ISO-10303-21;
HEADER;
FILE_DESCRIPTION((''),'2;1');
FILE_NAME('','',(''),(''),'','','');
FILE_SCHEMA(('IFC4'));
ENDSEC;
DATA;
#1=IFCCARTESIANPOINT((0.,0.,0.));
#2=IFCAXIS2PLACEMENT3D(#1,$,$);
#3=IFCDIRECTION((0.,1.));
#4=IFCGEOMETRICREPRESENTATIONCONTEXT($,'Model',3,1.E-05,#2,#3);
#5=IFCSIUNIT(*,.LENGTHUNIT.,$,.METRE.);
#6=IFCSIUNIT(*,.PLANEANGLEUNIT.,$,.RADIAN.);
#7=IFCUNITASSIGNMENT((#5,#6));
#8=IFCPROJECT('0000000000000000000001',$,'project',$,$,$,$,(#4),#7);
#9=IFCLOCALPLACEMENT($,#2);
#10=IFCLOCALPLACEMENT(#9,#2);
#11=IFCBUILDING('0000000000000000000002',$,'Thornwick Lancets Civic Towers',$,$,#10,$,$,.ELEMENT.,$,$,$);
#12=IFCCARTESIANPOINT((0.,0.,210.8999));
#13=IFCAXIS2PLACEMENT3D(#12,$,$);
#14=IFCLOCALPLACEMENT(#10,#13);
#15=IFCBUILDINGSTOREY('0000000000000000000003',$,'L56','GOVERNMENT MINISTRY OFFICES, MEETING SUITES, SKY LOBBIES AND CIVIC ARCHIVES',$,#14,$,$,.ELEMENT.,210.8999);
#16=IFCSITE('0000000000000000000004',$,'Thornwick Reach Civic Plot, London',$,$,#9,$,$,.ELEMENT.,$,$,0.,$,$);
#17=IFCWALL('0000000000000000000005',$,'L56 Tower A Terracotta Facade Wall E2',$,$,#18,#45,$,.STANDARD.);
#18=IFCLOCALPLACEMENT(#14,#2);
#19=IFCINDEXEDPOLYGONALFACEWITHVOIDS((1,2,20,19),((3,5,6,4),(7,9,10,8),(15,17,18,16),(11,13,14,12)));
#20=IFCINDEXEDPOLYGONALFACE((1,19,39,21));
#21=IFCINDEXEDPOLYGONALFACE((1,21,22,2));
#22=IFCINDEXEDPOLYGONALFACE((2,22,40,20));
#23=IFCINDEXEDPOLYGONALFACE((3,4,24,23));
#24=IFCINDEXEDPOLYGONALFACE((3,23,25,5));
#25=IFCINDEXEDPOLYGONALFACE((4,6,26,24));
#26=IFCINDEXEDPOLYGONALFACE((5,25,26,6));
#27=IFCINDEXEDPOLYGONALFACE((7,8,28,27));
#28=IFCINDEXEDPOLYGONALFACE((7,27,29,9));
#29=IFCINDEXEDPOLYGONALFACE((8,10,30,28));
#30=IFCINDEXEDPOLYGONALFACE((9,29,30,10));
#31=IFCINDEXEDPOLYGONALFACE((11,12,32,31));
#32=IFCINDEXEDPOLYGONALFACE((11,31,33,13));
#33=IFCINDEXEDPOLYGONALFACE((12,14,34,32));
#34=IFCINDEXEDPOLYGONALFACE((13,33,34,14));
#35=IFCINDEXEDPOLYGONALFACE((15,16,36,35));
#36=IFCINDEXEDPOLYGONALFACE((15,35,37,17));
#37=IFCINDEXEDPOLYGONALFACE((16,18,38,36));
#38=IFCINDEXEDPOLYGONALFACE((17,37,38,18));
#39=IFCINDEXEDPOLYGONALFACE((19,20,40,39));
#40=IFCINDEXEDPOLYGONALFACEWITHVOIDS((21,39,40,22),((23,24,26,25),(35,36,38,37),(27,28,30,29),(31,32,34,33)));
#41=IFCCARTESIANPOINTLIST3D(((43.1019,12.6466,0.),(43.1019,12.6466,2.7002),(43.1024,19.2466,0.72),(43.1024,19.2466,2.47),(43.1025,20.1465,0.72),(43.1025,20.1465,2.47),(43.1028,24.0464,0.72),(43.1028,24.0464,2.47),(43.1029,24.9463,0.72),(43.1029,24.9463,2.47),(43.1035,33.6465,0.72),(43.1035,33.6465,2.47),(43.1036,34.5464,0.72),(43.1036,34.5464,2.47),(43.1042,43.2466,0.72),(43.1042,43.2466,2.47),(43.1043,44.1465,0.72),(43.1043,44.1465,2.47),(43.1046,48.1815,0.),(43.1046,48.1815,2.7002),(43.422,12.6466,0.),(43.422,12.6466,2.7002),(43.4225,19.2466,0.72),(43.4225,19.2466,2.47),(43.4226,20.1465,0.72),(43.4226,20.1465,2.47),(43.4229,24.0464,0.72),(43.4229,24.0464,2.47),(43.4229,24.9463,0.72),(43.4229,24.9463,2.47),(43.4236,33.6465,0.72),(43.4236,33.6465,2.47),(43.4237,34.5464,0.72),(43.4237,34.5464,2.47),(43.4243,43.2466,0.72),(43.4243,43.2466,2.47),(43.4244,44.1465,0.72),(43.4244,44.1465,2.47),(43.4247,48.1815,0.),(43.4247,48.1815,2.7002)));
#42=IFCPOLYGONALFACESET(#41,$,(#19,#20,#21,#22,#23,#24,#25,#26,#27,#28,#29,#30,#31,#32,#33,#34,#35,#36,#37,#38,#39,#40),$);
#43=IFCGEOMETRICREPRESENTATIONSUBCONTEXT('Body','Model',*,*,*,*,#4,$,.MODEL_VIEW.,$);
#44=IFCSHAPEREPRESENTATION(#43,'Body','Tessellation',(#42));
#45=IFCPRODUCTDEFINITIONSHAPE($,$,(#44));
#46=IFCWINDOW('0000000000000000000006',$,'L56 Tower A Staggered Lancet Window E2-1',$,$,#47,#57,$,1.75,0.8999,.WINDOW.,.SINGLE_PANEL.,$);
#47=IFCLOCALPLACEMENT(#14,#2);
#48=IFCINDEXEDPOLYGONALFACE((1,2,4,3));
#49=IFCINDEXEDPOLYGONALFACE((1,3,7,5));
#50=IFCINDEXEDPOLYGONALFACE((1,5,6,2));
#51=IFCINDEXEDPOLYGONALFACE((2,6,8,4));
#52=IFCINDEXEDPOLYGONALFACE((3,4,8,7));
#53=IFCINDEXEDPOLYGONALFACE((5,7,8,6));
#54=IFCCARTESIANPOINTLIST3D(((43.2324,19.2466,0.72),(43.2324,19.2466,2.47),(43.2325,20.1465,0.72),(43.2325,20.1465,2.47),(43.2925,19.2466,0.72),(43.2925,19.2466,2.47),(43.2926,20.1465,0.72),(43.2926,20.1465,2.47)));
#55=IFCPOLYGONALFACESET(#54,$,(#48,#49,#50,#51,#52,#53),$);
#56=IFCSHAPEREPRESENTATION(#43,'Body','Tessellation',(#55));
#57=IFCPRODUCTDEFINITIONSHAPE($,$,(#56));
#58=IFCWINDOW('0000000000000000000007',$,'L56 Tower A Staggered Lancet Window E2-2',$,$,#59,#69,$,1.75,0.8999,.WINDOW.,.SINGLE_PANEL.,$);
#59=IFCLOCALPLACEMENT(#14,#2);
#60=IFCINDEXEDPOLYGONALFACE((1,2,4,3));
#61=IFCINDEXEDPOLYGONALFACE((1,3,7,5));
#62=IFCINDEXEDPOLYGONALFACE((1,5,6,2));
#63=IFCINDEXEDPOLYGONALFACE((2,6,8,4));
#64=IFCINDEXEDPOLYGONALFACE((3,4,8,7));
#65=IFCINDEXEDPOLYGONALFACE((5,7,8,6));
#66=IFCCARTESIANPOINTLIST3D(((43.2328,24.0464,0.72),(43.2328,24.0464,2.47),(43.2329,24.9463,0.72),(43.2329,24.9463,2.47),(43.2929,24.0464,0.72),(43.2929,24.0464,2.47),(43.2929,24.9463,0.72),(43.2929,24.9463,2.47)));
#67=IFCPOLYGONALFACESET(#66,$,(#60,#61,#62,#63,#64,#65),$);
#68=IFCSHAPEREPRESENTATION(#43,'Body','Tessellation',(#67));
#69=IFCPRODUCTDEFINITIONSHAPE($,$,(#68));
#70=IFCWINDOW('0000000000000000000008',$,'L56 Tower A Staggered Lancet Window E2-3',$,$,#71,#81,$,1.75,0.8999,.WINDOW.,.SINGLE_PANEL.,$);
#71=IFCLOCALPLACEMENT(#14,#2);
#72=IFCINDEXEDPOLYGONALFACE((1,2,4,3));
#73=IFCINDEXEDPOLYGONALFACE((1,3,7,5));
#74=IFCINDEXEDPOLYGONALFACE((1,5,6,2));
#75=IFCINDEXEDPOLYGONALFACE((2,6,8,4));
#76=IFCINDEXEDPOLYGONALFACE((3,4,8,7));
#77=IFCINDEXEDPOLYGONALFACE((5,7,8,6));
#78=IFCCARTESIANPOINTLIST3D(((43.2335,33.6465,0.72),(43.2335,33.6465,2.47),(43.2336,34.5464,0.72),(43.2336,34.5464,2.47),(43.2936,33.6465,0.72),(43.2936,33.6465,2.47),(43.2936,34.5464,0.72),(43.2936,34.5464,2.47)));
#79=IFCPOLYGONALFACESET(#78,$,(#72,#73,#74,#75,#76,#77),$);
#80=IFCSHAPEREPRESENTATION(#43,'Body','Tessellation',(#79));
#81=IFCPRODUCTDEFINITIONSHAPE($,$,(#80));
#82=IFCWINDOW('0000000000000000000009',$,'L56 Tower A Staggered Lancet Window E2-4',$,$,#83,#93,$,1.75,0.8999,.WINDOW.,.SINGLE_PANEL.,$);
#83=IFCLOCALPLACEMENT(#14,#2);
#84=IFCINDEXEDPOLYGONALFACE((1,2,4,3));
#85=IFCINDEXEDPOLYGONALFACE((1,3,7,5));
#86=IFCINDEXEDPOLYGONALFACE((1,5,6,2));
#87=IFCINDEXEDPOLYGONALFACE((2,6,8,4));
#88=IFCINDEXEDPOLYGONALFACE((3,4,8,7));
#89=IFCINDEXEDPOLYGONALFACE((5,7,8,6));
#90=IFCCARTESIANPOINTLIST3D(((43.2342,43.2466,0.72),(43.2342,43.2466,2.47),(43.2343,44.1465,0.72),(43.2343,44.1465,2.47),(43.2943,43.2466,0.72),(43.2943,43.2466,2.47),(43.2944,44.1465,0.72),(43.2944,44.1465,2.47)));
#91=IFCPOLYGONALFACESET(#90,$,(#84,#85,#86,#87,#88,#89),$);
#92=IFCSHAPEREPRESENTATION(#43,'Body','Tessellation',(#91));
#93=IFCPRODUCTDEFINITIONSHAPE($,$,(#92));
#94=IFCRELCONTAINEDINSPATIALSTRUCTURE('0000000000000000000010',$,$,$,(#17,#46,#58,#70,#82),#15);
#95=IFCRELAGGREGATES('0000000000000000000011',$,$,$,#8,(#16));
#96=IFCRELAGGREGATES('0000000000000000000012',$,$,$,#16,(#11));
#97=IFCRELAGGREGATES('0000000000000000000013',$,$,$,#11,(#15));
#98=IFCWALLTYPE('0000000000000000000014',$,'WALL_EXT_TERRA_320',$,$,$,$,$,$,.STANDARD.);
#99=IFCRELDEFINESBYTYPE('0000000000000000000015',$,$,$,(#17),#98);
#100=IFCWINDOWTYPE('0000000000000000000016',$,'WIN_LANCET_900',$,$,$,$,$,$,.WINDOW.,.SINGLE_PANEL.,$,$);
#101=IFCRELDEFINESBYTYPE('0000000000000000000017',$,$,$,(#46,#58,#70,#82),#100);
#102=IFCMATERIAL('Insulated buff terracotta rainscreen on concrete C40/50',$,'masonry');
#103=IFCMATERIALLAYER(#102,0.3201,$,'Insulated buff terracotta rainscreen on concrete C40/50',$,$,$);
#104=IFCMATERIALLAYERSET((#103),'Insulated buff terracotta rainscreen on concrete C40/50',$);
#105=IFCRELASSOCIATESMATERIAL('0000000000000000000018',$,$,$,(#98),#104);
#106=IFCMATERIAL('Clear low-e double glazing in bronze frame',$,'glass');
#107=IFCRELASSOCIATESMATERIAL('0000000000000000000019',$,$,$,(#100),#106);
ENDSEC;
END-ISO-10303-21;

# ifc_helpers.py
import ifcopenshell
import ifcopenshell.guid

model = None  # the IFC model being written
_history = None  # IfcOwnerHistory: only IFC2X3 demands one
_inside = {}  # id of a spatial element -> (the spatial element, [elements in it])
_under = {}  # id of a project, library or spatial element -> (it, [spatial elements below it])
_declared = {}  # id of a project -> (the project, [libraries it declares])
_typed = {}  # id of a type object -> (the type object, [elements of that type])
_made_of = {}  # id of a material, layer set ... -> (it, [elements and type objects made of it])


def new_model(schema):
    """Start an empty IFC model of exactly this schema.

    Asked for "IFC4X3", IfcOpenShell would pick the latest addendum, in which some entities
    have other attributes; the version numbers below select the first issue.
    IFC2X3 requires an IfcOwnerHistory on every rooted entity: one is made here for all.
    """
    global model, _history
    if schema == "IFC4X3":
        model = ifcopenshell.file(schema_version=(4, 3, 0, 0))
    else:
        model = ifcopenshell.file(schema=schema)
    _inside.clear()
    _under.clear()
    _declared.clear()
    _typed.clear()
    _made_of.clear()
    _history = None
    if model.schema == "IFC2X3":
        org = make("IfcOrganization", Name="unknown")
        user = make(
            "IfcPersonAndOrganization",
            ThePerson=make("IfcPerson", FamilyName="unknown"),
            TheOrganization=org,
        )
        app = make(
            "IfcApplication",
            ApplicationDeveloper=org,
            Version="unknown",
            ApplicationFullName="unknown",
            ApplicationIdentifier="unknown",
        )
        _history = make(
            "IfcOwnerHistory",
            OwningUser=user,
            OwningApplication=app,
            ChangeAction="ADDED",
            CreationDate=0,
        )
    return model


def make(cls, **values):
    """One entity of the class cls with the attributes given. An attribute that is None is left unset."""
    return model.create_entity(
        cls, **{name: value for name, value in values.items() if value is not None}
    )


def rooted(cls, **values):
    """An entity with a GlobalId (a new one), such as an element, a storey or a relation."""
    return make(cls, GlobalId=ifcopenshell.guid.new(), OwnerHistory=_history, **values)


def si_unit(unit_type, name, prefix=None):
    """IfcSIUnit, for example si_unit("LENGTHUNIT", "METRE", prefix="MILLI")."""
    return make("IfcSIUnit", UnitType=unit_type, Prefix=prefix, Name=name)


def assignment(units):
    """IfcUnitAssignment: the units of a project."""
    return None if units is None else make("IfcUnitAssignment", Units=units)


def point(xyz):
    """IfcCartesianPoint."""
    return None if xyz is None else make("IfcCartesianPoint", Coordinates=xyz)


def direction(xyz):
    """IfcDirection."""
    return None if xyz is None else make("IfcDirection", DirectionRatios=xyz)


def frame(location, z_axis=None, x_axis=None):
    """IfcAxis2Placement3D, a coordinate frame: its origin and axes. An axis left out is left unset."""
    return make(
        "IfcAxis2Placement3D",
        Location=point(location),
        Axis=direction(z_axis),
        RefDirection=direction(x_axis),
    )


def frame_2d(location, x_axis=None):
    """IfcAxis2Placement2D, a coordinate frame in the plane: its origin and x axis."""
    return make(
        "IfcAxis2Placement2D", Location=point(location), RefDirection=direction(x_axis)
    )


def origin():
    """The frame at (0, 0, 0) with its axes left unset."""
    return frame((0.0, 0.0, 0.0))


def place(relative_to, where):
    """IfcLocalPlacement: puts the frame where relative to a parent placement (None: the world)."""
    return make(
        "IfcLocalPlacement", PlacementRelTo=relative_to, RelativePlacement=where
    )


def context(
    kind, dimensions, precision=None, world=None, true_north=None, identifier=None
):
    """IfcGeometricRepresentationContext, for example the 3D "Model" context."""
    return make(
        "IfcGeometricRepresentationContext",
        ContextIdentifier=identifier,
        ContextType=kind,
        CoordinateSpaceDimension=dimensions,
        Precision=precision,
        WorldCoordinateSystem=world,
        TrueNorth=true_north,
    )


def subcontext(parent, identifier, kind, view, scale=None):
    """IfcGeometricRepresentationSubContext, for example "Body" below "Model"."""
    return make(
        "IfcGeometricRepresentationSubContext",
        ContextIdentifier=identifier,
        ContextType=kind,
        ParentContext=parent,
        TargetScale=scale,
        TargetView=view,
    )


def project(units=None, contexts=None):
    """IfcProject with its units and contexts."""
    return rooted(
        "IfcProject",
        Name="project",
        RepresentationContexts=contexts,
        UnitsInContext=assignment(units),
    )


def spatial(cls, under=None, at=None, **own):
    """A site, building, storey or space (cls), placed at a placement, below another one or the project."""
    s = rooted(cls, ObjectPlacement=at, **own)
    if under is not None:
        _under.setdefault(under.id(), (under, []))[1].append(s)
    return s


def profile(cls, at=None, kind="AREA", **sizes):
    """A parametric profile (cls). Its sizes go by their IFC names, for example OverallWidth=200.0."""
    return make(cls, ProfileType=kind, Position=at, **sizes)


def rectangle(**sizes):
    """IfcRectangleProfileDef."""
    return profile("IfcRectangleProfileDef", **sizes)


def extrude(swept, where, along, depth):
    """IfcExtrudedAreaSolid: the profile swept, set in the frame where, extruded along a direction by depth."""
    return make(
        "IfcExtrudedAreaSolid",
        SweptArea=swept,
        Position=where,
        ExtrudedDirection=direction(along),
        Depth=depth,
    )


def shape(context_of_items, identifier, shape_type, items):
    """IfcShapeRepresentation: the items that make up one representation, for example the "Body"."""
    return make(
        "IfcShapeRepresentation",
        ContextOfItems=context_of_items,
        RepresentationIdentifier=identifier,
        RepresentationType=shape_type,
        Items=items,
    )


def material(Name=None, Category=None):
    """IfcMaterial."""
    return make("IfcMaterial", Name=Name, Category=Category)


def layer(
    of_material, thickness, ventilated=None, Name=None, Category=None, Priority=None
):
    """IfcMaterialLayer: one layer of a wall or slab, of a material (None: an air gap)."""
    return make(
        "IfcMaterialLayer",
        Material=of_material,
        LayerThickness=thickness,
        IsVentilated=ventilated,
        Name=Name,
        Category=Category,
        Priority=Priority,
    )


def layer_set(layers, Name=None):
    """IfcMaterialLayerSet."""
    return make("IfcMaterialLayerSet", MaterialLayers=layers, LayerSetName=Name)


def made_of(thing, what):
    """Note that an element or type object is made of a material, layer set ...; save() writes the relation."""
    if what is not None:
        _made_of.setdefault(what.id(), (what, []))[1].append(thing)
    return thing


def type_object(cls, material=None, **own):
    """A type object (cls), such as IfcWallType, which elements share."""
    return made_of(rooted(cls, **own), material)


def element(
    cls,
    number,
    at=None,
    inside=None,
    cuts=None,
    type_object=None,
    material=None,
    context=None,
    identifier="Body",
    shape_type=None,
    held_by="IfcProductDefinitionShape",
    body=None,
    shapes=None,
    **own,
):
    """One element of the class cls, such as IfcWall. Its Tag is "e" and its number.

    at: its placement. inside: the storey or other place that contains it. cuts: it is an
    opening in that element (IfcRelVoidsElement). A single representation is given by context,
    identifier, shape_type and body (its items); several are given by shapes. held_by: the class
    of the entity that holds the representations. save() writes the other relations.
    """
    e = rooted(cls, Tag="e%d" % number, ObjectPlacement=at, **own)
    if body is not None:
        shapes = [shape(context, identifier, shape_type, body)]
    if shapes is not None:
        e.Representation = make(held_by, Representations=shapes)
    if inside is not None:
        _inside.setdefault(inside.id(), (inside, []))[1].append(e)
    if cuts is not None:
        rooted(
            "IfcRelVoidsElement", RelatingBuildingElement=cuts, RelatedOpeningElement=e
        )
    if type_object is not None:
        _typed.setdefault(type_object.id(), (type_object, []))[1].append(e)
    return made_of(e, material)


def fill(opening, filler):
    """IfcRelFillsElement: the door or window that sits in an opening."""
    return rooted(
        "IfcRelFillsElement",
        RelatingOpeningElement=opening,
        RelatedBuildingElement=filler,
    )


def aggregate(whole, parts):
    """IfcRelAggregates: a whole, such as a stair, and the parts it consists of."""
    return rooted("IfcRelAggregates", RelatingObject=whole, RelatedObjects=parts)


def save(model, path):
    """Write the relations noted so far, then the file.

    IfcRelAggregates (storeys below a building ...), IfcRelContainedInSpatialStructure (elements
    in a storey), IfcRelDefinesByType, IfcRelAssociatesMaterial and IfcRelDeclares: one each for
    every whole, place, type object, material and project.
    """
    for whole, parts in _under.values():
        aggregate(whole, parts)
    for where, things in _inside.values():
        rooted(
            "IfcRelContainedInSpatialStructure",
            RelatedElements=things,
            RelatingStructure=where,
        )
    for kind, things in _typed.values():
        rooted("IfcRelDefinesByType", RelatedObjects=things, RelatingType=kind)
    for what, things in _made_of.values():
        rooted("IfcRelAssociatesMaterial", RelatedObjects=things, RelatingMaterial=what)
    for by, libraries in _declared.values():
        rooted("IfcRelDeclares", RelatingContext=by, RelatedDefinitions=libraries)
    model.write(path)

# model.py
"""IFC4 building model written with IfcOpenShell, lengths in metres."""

from ifc_helpers import new_model, si_unit, direction, frame, frame_2d, origin, place, context, subcontext, project, spatial, rectangle, extrude, material, layer, layer_set, type_object, element, fill, save


model = new_model("IFC4")

# Units and contexts
model_context = context("Model", 3, precision=1e-05, world=origin(), true_north=direction((0.0, 1.0)))
body_context = subcontext(model_context, "Body", "Model", "MODEL_VIEW")
ifc_project = project(units=[si_unit("LENGTHUNIT", "METRE"), si_unit("PLANEANGLEUNIT", "RADIAN")], contexts=[model_context])

# Site, building, storey
site_placement = place(None, origin())
site = spatial("IfcSite", under=ifc_project, at=site_placement, Name="Thornwick Reach Civic Plot, London", CompositionType="ELEMENT", RefElevation=0.0)
building_placement = place(site_placement, origin())
building = spatial("IfcBuilding", under=site, at=building_placement, Name="Thornwick Lancets Civic Towers", CompositionType="ELEMENT")
storey_placement = place(building_placement, frame((0.0, 0.0, 210.8999)))
storey = spatial("IfcBuildingStorey", under=building, at=storey_placement, Name="L56", Description="GOVERNMENT MINISTRY OFFICES, MEETING SUITES, SKY LOBBIES AND CIVIC ARCHIVES", CompositionType="ELEMENT", Elevation=210.8999)

# Wall, openings, windows
ifc_material_1 = material(Name="Insulated buff terracotta rainscreen on concrete C40/50", Category="masonry")
ifc_layer_1 = layer(ifc_material_1, 0.3201, Name="Insulated buff terracotta rainscreen on concrete C40/50")
ifc_layer_set_1 = layer_set([ifc_layer_1], Name="Insulated buff terracotta rainscreen on concrete C40/50")
wall_type_1 = type_object("IfcWallType", Name="WALL_EXT_TERRA_320", PredefinedType="STANDARD", material=ifc_layer_set_1)
wall_1_placement = place(storey_placement, frame((43.262, 12.6465, 0.0), z_axis=(0.0, 0.0, 1.0), x_axis=(0.000076, 1.0, 0.0)))
wall_1 = element("IfcWall", 1, at=wall_1_placement, inside=storey, type_object=wall_type_1, Name="L56 Tower A Terracotta Facade Wall E2", PredefinedType="STANDARD", context=body_context, shape_type="SweptSolid", body=[
    extrude(rectangle(XDim=35.5349, YDim=0.3201, at=frame_2d((17.7676, 0.0))), origin(), (0.0, 0.0, 1.0), 2.7002),
])
opening_1_placement = place(wall_1_placement, frame((6.6001, 0.0, 0.72)))
opening_1 = element("IfcOpeningElement", 2, at=opening_1_placement, cuts=wall_1, PredefinedType="OPENING", context=body_context, shape_type="SweptSolid", body=[
    extrude(rectangle(XDim=0.8999, YDim=1.75, at=frame_2d((0.45, 0.875))), frame((0.0, 0.1699, 0.0), z_axis=(0.0, -1.0, 0.0), x_axis=(1.0, 0.0, 0.0)), (0.0, 0.0, 1.0), 0.3401),
])
opening_2_placement = place(wall_1_placement, frame((11.3999, 0.0, 0.72)))
opening_2 = element("IfcOpeningElement", 3, at=opening_2_placement, cuts=wall_1, PredefinedType="OPENING", context=body_context, shape_type="SweptSolid", body=[
    extrude(rectangle(XDim=0.8999, YDim=1.75, at=frame_2d((0.45, 0.875))), frame((0.0, 0.1699, 0.0), z_axis=(0.0, -1.0, 0.0), x_axis=(1.0, 0.0, 0.0)), (0.0, 0.0, 1.0), 0.3401),
])
opening_3_placement = place(wall_1_placement, frame((21.0, 0.0, 0.72)))
opening_3 = element("IfcOpeningElement", 4, at=opening_3_placement, cuts=wall_1, PredefinedType="OPENING", context=body_context, shape_type="SweptSolid", body=[
    extrude(rectangle(XDim=0.8999, YDim=1.75, at=frame_2d((0.45, 0.875))), frame((0.0, 0.1699, 0.0), z_axis=(0.0, -1.0, 0.0), x_axis=(1.0, 0.0, 0.0)), (0.0, 0.0, 1.0), 0.3401),
])
opening_4_placement = place(wall_1_placement, frame((30.6001, 0.0, 0.72)))
opening_4 = element("IfcOpeningElement", 5, at=opening_4_placement, cuts=wall_1, PredefinedType="OPENING", context=body_context, shape_type="SweptSolid", body=[
    extrude(rectangle(XDim=0.8999, YDim=1.75, at=frame_2d((0.45, 0.875))), frame((0.0, 0.1699, 0.0), z_axis=(0.0, -1.0, 0.0), x_axis=(1.0, 0.0, 0.0)), (0.0, 0.0, 1.0), 0.3401),
])
ifc_material_2 = material(Name="Clear low-e double glazing in bronze frame", Category="glass")
window_type = type_object("IfcWindowType", Name="WIN_LANCET_900", PartitioningType="SINGLE_PANEL", PredefinedType="WINDOW", material=ifc_material_2)
window_1_placement = place(opening_1_placement, origin())
window_1 = element("IfcWindow", 6, at=window_1_placement, inside=storey, type_object=window_type, Name="L56 Tower A Staggered Lancet Window E2-1", OverallHeight=1.75, OverallWidth=0.8999, PartitioningType="SINGLE_PANEL", PredefinedType="WINDOW", context=body_context, shape_type="SweptSolid", body=[
    extrude(rectangle(XDim=0.8999, YDim=1.75, at=frame_2d((0.45, 0.875))), frame((0.0, 0.03, 0.0), z_axis=(0.0, -1.0, 0.0), x_axis=(1.0, 0.0, 0.0)), (0.0, 0.0, 1.0), 0.0601),
])
fill(opening_1, window_1)
window_2_placement = place(opening_2_placement, origin())
window_2 = element("IfcWindow", 7, at=window_2_placement, inside=storey, type_object=window_type, Name="L56 Tower A Staggered Lancet Window E2-2", OverallHeight=1.75, OverallWidth=0.8999, PartitioningType="SINGLE_PANEL", PredefinedType="WINDOW", context=body_context, shape_type="SweptSolid", body=[
    extrude(rectangle(XDim=0.8999, YDim=1.75, at=frame_2d((0.45, 0.875))), frame((0.0, 0.03, 0.0), z_axis=(0.0, -1.0, 0.0), x_axis=(1.0, 0.0, 0.0)), (0.0, 0.0, 1.0), 0.0601),
])
fill(opening_2, window_2)
window_3_placement = place(opening_3_placement, origin())
window_3 = element("IfcWindow", 8, at=window_3_placement, inside=storey, type_object=window_type, Name="L56 Tower A Staggered Lancet Window E2-3", OverallHeight=1.75, OverallWidth=0.8999, PartitioningType="SINGLE_PANEL", PredefinedType="WINDOW", context=body_context, shape_type="SweptSolid", body=[
    extrude(rectangle(XDim=0.8999, YDim=1.75, at=frame_2d((0.45, 0.875))), frame((0.0, 0.03, 0.0), z_axis=(0.0, -1.0, 0.0), x_axis=(1.0, 0.0, 0.0)), (0.0, 0.0, 1.0), 0.0601),
])
fill(opening_3, window_3)
window_4_placement = place(opening_4_placement, origin())
window_4 = element("IfcWindow", 9, at=window_4_placement, inside=storey, type_object=window_type, Name="L56 Tower A Staggered Lancet Window E2-4", OverallHeight=1.75, OverallWidth=0.8999, PartitioningType="SINGLE_PANEL", PredefinedType="WINDOW", context=body_context, shape_type="SweptSolid", body=[
    extrude(rectangle(XDim=0.8999, YDim=1.75, at=frame_2d((0.45, 0.875))), frame((0.0, 0.03, 0.0), z_axis=(0.0, -1.0, 0.0), x_axis=(1.0, 0.0, 0.0)), (0.0, 0.0, 1.0), 0.0601),
])
fill(opening_4, window_4)

save(model, "model.ifc")
